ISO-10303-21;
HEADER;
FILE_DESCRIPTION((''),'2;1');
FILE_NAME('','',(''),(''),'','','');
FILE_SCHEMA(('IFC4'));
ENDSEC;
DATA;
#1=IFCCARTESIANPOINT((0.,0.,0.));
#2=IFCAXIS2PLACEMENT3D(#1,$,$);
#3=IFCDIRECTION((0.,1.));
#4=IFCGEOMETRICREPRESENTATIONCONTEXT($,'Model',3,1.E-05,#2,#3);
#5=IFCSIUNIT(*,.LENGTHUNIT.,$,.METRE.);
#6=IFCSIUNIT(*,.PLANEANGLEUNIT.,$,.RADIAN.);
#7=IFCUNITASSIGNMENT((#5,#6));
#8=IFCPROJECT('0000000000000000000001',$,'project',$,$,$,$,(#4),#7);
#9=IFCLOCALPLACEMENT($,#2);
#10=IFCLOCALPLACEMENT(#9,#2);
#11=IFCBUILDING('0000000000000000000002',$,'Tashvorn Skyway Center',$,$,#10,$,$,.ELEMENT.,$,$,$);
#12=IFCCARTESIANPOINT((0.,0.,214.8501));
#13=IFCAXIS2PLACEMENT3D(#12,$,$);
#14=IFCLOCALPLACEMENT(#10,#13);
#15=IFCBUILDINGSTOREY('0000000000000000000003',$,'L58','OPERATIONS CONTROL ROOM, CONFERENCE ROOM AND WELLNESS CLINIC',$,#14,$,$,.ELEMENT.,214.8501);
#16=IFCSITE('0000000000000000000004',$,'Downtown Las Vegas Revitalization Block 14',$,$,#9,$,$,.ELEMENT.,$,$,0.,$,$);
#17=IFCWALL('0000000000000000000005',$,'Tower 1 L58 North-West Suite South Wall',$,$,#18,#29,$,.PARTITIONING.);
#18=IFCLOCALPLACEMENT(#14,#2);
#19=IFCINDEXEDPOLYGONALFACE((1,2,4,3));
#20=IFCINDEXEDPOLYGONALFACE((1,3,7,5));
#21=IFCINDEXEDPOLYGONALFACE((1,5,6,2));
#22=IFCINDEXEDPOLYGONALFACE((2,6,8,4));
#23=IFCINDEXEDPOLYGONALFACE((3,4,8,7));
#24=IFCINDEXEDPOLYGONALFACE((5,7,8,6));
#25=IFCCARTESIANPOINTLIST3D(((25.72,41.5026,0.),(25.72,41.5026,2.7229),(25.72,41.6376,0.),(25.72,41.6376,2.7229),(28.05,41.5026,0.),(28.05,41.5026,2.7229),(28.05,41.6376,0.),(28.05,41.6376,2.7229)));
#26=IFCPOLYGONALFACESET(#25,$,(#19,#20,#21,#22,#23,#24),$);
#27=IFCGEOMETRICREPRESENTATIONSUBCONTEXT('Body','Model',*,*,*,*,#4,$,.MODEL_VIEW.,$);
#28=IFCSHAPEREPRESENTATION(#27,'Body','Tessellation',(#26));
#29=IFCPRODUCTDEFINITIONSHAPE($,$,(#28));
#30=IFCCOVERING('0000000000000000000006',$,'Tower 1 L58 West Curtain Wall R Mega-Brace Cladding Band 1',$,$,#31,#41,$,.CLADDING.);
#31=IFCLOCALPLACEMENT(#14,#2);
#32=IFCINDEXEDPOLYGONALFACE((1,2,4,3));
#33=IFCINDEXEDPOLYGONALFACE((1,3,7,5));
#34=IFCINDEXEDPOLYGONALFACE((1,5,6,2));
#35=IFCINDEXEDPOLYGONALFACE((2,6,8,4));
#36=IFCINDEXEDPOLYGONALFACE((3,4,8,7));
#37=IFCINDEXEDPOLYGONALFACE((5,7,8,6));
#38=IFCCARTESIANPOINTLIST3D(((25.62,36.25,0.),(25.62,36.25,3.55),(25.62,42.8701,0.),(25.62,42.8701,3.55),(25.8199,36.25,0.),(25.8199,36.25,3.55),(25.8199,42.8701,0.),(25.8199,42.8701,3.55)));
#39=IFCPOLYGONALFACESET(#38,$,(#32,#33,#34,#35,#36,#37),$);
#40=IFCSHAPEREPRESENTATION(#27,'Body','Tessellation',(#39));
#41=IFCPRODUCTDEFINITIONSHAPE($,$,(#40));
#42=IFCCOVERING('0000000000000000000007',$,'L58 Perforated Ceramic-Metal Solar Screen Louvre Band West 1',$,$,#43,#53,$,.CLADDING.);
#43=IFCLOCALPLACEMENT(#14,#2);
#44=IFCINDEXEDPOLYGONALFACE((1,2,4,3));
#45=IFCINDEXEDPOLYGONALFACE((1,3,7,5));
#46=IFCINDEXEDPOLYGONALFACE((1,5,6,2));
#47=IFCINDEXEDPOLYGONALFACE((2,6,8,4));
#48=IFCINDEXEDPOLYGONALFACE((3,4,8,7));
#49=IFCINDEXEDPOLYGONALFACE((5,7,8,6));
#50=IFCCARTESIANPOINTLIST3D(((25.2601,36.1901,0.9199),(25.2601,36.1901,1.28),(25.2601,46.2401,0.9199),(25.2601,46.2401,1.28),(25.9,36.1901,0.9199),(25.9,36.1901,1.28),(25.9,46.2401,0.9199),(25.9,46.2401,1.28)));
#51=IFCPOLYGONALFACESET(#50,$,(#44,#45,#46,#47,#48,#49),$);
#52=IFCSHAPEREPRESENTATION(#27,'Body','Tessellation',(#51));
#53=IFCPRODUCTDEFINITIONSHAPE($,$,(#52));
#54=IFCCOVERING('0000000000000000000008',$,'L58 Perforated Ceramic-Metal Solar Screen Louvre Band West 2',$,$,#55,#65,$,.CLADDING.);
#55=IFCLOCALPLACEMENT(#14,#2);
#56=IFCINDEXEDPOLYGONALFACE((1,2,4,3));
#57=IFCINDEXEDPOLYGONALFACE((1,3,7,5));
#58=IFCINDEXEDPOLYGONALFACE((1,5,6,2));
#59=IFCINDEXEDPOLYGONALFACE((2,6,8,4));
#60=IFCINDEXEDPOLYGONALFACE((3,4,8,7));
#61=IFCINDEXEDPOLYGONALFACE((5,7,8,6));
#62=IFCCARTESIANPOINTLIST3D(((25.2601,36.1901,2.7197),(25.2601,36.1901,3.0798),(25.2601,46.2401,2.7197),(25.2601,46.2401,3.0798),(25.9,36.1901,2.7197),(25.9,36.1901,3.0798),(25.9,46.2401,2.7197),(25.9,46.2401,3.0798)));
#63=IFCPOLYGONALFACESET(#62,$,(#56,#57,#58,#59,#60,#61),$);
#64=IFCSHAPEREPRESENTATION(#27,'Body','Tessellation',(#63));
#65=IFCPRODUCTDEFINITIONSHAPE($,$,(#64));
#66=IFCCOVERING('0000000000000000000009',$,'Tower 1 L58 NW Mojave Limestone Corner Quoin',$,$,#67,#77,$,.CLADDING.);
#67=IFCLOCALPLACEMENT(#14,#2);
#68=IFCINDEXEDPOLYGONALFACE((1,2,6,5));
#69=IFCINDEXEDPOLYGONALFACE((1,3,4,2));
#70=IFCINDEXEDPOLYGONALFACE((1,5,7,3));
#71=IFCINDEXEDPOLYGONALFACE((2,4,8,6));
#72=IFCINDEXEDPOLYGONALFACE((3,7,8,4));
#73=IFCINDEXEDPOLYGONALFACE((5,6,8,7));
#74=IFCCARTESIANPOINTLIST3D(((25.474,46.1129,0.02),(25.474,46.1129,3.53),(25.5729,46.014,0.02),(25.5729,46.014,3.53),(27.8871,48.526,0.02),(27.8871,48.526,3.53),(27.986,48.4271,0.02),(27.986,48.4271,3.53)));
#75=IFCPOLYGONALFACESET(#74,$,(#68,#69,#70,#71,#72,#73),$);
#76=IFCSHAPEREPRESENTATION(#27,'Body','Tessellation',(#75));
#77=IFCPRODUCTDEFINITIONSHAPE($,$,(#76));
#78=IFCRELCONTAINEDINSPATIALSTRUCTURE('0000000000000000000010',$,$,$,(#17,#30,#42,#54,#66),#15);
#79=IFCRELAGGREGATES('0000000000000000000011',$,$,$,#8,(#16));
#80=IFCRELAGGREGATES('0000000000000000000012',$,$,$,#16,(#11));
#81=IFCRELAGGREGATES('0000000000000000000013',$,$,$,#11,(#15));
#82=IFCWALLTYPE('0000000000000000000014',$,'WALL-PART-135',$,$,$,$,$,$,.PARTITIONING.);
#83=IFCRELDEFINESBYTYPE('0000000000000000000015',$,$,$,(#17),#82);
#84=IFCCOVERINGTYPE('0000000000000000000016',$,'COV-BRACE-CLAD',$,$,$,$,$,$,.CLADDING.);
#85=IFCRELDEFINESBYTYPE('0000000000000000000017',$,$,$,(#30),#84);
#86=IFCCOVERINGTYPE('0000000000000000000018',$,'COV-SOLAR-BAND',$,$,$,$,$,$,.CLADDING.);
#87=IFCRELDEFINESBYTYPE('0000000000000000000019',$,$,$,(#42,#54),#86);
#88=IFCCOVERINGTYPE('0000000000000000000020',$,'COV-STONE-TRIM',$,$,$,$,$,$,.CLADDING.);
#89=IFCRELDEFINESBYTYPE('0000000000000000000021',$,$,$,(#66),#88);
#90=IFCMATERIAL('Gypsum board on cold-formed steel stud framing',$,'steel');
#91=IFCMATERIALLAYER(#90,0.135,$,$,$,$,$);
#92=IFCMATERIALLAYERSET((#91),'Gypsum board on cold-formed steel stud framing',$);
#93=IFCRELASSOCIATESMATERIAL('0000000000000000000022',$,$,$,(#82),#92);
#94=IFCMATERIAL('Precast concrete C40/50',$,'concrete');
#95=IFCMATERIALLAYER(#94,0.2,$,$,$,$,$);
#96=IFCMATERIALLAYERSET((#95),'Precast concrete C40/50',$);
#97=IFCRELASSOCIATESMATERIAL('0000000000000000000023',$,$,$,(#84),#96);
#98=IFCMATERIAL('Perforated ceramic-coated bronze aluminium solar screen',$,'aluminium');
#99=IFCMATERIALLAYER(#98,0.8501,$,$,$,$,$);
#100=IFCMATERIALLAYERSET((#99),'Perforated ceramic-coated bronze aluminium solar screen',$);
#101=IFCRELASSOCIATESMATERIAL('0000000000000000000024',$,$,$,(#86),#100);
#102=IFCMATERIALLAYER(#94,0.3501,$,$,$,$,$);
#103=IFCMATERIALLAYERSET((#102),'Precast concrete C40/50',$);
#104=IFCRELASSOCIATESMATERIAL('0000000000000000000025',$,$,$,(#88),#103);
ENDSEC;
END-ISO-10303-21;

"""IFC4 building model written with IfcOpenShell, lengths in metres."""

from ifc_helpers import new_model, si_unit, direction, frame, frame_2d, origin, origin_2d, place, context, subcontext, project, spatial, rectangle, extrude, material, layer, layer_set, type_object, element, save


model = new_model("IFC4")

# Units and contexts
model_context = context("Model", 3, precision=1e-05, world=origin(), true_north=direction((0.0, 1.0)))
body_context = subcontext(model_context, "Body", "Model", "MODEL_VIEW")
ifc_project = project(units=[si_unit("LENGTHUNIT", "METRE"), si_unit("PLANEANGLEUNIT", "RADIAN")], contexts=[model_context])

# Site, building, storey
site_placement = place(None, origin())
site = spatial("IfcSite", under=ifc_project, at=site_placement, Name="Downtown Las Vegas Revitalization Block 14", CompositionType="ELEMENT", RefElevation=0.0)
building_placement = place(site_placement, origin())
building = spatial("IfcBuilding", under=site, at=building_placement, Name="Tashvorn Skyway Center", CompositionType="ELEMENT")
storey_placement = place(building_placement, frame((0.0, 0.0, 214.8501)))
storey = spatial("IfcBuildingStorey", under=building, at=storey_placement, Name="L58", Description="OPERATIONS CONTROL ROOM, CONFERENCE ROOM AND WELLNESS CLINIC", CompositionType="ELEMENT", Elevation=214.8501)

# Wall
ifc_material_1 = material(Name="Precast concrete C40/50", Category="concrete")
ifc_material_2 = material(Name="Gypsum board on cold-formed steel stud framing", Category="steel")
ifc_layer_1 = layer(ifc_material_2, 0.135)
ifc_layer_set_1 = layer_set([ifc_layer_1], Name="Gypsum board on cold-formed steel stud framing")
wall_type_1 = type_object("IfcWallType", Name="WALL-PART-135", PredefinedType="PARTITIONING", material=ifc_layer_set_1)
wall_1_placement = place(storey_placement, frame((25.72, 41.5701, 0.0), z_axis=(0.0, 0.0, 1.0), x_axis=(1.0, 0.0, 0.0)))
element("IfcWall", 1, at=wall_1_placement, inside=storey, type_object=wall_type_1, Name="Tower 1 L58 North-West Suite South Wall", PredefinedType="PARTITIONING", context=body_context, shape_type="SweptSolid", body=[
    extrude(rectangle(XDim=2.3301, YDim=0.135, at=frame_2d((1.165, 0.0))), origin(), (0.0, 0.0, 1.0), 2.7229),
])

# Coverings
ifc_layer_2 = layer(ifc_material_1, 0.2)
ifc_layer_set_2 = layer_set([ifc_layer_2], Name="Precast concrete C40/50")
covering_type_1 = type_object("IfcCoveringType", Name="COV-BRACE-CLAD", PredefinedType="CLADDING", material=ifc_layer_set_2)
covering_1_placement = place(storey_placement, frame((25.72, 39.5601, 0.0), z_axis=(0.0, 0.0, 1.0), x_axis=(0.0, 1.0, 0.0)))
element("IfcCovering", 2, at=covering_1_placement, inside=storey, type_object=covering_type_1, Name="Tower 1 L58 West Curtain Wall R Mega-Brace Cladding Band 1", PredefinedType="CLADDING", context=body_context, shape_type="SweptSolid", body=[
    extrude(rectangle(XDim=6.6201, YDim=0.2, at=origin_2d()), origin(), (0.0, 0.0, 1.0), 3.55),
])
ifc_material_3 = material(Name="Perforated ceramic-coated bronze aluminium solar screen", Category="aluminium")
ifc_layer_3 = layer(ifc_material_3, 0.8501)
ifc_layer_set_3 = layer_set([ifc_layer_3], Name="Perforated ceramic-coated bronze aluminium solar screen")
covering_type_2 = type_object("IfcCoveringType", Name="COV-SOLAR-BAND", PredefinedType="CLADDING", material=ifc_layer_set_3)
for number, where, z_axis, x_axis, name in (
    (3, (25.5801, 41.2151, 0.9199), (0.0, 0.0, 1.0), (0.0, 1.0, 0.0), "L58 Perforated Ceramic-Metal Solar Screen Louvre Band West 1"),
    (4, (25.5801, 41.2151, 2.7197), (0.0, 0.0, 1.0), (0.0, 1.0, 0.0), "L58 Perforated Ceramic-Metal Solar Screen Louvre Band West 2"),
):
    element("IfcCovering", number, at=place(storey_placement, frame(where, z_axis=z_axis, x_axis=x_axis)), inside=storey, type_object=covering_type_2, Name=name, PredefinedType="CLADDING", context=body_context, shape_type="SweptSolid", body=[
        extrude(rectangle(XDim=10.05, YDim=0.6399, at=origin_2d()), origin(), (0.0, 0.0, 1.0), 0.3601),
    ])
ifc_layer_4 = layer(ifc_material_1, 0.3501)
ifc_layer_set_4 = layer_set([ifc_layer_4], Name="Precast concrete C40/50")
covering_type_3 = type_object("IfcCoveringType", Name="COV-STONE-TRIM", PredefinedType="CLADDING", material=ifc_layer_set_4)
covering_2_placement = place(storey_placement, frame((26.73, 47.27, 0.02), z_axis=(0.0, 0.0, 1.0), x_axis=(-0.707107, -0.707107, 0.0)))
element("IfcCovering", 5, at=covering_2_placement, inside=storey, type_object=covering_type_3, Name="Tower 1 L58 NW Mojave Limestone Corner Quoin", PredefinedType="CLADDING", context=body_context, shape_type="SweptSolid", body=[
    extrude(rectangle(XDim=3.4126, YDim=0.1399, at=origin_2d()), origin(), (0.0, 0.0, 1.0), 3.51),
])

save(model, "model.ifc")
